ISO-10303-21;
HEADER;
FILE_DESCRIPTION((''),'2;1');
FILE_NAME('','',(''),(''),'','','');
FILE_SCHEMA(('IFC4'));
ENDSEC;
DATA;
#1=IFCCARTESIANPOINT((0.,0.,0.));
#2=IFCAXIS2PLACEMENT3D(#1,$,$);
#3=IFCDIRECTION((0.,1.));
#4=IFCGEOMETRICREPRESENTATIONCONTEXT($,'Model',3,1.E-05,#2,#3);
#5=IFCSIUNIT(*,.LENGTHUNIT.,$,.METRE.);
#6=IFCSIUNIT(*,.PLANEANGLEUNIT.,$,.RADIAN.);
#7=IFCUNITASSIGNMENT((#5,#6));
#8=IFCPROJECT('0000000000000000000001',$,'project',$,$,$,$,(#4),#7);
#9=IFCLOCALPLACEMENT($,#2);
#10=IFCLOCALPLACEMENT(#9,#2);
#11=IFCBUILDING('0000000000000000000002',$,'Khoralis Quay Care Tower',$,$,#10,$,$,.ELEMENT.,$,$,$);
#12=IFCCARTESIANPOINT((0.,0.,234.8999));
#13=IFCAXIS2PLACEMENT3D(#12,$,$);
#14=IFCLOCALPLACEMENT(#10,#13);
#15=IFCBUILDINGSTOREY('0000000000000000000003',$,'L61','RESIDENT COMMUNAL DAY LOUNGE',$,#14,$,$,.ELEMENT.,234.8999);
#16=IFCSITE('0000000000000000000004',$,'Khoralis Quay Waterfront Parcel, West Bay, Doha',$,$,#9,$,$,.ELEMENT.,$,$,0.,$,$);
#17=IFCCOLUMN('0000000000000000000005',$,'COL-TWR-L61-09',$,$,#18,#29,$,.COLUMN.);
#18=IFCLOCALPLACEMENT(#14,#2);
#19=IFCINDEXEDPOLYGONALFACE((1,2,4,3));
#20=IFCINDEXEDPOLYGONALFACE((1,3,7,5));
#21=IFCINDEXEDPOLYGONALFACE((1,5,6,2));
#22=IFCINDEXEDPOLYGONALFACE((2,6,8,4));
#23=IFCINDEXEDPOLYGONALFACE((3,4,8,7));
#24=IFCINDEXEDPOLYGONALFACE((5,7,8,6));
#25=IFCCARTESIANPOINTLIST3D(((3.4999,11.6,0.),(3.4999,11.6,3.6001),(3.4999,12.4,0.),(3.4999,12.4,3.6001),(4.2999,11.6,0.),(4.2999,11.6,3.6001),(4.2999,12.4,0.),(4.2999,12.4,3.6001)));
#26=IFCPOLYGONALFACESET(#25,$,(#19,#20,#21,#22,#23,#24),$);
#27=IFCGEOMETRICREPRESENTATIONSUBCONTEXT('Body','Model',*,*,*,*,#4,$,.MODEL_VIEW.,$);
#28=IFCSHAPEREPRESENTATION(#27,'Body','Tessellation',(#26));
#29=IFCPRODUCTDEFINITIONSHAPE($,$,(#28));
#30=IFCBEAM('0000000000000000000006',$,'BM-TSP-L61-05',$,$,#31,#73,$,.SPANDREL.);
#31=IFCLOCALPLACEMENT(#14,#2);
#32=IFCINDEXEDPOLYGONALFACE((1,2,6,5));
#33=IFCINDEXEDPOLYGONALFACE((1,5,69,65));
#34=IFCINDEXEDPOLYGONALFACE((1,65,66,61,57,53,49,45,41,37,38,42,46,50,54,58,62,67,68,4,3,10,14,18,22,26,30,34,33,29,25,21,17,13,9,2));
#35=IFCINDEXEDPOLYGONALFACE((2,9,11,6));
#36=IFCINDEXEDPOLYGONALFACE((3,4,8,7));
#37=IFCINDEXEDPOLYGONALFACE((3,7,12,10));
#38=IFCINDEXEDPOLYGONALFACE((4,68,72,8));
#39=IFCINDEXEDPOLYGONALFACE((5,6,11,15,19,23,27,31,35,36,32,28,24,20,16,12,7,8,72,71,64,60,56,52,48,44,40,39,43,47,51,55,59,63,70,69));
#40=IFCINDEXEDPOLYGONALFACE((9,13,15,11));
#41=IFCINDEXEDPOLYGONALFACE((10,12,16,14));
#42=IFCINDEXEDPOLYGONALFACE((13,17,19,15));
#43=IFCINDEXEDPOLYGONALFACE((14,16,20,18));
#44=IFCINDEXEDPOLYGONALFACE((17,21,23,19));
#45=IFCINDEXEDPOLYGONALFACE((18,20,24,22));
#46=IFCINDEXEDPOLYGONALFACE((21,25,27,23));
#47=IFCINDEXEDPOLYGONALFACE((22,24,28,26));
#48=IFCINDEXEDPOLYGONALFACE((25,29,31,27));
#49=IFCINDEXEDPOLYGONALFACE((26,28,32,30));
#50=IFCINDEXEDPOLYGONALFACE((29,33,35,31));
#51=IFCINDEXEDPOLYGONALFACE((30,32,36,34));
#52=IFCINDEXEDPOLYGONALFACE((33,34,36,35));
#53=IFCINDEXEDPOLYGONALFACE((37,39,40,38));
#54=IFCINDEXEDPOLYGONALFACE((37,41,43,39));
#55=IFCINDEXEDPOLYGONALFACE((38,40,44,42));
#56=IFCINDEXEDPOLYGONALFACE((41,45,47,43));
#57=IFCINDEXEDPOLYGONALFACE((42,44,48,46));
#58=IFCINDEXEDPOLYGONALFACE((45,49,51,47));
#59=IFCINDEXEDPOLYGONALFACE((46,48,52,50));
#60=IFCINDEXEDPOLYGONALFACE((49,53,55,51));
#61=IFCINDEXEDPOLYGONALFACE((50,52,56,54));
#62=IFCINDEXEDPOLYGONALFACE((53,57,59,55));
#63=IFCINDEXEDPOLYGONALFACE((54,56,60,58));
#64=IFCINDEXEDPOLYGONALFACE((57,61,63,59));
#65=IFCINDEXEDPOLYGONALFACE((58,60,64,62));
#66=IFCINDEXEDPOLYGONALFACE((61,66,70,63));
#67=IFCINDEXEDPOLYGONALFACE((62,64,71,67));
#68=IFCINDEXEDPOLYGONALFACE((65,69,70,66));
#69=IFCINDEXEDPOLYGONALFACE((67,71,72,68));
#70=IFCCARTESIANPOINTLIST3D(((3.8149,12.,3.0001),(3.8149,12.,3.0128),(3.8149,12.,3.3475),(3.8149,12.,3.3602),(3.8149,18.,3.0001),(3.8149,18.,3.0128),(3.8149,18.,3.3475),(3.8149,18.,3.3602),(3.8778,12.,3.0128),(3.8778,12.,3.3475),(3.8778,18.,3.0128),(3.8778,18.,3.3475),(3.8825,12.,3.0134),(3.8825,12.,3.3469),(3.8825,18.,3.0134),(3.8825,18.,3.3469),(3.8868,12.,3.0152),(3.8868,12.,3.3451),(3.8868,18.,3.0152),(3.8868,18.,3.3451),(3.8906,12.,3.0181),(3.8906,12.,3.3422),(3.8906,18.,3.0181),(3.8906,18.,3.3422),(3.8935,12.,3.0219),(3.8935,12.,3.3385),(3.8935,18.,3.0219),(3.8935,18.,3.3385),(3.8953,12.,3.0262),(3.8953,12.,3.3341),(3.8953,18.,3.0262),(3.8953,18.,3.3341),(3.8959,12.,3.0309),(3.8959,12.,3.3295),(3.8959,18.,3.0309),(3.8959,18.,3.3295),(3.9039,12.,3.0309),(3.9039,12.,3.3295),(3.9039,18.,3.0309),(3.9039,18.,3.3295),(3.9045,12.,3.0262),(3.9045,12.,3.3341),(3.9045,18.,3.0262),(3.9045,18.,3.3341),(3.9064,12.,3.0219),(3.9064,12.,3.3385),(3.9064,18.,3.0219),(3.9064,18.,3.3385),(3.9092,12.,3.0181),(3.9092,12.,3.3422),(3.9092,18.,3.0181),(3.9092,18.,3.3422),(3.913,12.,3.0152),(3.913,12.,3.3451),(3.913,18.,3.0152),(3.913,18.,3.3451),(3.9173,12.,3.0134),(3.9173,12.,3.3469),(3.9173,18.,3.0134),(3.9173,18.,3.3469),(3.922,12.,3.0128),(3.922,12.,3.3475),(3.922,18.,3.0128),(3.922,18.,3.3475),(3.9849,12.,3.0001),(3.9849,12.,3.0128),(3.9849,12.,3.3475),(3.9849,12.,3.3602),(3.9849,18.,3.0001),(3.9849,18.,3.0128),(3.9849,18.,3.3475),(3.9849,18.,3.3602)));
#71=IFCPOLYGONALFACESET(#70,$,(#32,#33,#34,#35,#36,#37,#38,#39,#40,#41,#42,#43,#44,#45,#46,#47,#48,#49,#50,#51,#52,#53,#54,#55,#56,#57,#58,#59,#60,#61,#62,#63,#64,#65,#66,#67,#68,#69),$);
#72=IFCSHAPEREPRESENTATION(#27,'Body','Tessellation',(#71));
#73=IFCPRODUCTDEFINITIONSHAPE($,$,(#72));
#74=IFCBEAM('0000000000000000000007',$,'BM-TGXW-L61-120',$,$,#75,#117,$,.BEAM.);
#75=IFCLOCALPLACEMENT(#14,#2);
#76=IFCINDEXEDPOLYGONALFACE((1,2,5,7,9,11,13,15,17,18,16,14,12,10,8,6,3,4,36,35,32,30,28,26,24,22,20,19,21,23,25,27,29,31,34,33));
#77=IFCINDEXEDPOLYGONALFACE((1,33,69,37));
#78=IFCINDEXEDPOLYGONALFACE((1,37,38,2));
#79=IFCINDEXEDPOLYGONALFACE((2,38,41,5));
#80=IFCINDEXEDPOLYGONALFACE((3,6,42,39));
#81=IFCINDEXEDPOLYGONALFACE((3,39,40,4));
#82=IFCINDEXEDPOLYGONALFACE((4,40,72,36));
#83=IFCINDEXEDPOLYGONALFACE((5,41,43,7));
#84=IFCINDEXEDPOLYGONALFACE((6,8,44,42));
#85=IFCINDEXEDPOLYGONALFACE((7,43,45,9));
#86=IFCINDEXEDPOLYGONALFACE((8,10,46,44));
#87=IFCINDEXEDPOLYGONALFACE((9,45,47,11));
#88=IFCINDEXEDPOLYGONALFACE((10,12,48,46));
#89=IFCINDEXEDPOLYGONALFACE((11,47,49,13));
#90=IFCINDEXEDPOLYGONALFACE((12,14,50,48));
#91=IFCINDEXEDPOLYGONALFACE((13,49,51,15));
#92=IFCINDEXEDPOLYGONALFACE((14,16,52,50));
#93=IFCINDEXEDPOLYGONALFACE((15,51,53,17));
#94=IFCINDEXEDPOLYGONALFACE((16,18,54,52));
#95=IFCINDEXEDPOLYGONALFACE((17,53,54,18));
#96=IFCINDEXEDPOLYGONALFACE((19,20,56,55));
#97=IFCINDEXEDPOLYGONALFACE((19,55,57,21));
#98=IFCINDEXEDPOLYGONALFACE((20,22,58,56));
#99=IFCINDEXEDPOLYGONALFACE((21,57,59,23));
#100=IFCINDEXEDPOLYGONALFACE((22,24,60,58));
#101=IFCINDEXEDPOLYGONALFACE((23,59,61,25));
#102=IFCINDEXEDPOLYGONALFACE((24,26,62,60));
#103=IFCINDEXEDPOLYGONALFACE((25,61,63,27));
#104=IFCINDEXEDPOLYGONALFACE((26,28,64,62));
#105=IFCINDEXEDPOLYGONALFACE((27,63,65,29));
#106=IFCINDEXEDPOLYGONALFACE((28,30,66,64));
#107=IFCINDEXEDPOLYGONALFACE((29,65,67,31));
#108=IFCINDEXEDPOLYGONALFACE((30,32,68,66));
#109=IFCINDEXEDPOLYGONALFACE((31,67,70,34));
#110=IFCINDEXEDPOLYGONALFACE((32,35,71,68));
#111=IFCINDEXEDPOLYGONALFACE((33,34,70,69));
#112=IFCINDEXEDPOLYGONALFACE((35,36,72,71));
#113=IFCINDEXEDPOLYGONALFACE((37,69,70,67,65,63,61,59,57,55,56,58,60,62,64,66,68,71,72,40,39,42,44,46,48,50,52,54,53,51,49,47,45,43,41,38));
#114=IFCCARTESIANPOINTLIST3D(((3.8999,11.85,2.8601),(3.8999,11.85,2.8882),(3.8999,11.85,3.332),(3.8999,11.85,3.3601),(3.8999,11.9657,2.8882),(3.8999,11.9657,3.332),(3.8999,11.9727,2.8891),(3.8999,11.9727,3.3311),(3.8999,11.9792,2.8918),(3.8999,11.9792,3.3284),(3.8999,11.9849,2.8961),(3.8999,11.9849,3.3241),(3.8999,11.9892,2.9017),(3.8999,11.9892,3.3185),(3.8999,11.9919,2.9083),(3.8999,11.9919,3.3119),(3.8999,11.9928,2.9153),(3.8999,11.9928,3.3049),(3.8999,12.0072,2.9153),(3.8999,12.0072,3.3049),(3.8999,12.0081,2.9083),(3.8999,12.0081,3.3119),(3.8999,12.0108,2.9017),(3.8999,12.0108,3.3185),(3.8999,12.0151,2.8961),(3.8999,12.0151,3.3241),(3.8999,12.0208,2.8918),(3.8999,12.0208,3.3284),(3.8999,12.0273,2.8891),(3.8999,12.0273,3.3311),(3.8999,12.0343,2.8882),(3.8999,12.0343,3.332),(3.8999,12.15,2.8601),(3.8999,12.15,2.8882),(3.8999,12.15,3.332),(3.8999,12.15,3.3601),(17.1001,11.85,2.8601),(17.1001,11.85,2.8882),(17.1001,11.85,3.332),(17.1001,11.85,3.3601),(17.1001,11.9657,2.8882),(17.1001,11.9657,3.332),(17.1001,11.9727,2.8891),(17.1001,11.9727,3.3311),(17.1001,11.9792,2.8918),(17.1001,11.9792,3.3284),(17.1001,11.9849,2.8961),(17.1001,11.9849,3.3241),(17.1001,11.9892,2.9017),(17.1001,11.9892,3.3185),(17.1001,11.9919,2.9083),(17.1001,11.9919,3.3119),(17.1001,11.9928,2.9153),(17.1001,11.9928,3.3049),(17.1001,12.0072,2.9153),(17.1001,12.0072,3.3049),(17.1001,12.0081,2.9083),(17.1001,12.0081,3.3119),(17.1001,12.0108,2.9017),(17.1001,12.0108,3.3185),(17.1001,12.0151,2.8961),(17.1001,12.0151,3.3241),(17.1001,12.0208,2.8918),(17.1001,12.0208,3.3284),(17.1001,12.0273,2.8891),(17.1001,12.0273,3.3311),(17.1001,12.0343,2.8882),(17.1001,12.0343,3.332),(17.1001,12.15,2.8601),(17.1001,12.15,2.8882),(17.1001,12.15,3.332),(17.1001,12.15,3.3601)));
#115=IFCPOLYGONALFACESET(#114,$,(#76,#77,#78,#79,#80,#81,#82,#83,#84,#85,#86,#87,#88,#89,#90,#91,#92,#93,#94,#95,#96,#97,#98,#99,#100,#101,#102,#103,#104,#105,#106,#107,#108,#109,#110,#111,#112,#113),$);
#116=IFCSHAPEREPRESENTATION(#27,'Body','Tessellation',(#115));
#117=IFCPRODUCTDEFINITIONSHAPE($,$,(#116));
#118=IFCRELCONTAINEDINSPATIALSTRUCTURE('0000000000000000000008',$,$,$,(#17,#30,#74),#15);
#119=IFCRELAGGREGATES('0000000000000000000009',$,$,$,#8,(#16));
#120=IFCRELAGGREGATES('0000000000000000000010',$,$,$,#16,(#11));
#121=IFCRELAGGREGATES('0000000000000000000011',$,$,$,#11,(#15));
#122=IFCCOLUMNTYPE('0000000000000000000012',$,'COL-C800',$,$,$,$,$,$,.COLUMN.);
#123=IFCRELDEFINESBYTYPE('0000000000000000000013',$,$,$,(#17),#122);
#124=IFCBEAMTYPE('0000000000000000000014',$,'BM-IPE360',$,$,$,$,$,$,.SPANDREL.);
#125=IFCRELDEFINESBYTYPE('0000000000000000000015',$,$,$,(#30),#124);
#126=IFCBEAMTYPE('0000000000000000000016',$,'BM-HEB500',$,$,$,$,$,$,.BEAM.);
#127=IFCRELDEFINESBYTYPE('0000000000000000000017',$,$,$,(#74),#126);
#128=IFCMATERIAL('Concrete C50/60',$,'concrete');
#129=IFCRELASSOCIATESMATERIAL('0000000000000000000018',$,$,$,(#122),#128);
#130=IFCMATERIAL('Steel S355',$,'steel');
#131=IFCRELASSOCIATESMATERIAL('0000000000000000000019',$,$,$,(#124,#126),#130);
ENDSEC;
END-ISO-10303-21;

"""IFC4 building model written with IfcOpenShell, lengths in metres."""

from ifc_helpers import new_model, si_unit, direction, frame, origin, origin_2d, place, context, subcontext, project, spatial, rectangle, i_section, extrude, source, transform, mapped, material, material_profile, profile_set, type_object, element, save


model = new_model("IFC4")

# Units and contexts
model_context = context("Model", 3, precision=1e-05, world=origin(), true_north=direction((0.0, 1.0)))
body_context = subcontext(model_context, "Body", "Model", "MODEL_VIEW")
ifc_project = project(units=[si_unit("LENGTHUNIT", "METRE"), si_unit("PLANEANGLEUNIT", "RADIAN")], contexts=[model_context])

# Site, building, storey
site_placement = place(None, origin())
site = spatial("IfcSite", under=ifc_project, at=site_placement, Name="Khoralis Quay Waterfront Parcel, West Bay, Doha", CompositionType="ELEMENT", RefElevation=0.0)
building_placement = place(site_placement, origin())
building = spatial("IfcBuilding", under=site, at=building_placement, Name="Khoralis Quay Care Tower", CompositionType="ELEMENT")
storey_placement = place(building_placement, frame((0.0, 0.0, 234.8999)))
storey = spatial("IfcBuildingStorey", under=building, at=storey_placement, Name="L61", Description="RESIDENT COMMUNAL DAY LOUNGE", CompositionType="ELEMENT", Elevation=234.8999)

# Column
ifc_material_1 = material(Name="Concrete C50/60", Category="concrete")
ifc_material_profile_1 = material_profile(ifc_material_1, rectangle(XDim=0.8, YDim=0.8, at=origin_2d()), Name="Concrete C50/60")
ifc_profile_set_1 = profile_set([ifc_material_profile_1], Name="Concrete C50/60")
column_type = type_object("IfcColumnType", Name="COL-C800", PredefinedType="COLUMN", material=ifc_profile_set_1)
shared_shape_1 = source(origin(), body_context, "Body", "SweptSolid", [
    extrude(rectangle(XDim=0.8, YDim=0.8, at=origin_2d()), origin(), (0.0, 0.0, 1.0), 3.6001),
])
column_placement = place(storey_placement, frame((3.8999, 12.0, 0.0), z_axis=(0.0, 0.0, 1.0), x_axis=(1.0, 0.0, 0.0)))
element("IfcColumn", 1, at=column_placement, inside=storey, type_object=column_type, Name="COL-TWR-L61-09", PredefinedType="COLUMN", context=body_context, shape_type="MappedRepresentation", body=[
    mapped(shared_shape_1, transform((0.0, 0.0, 0.0), scale=1.0)),
])

# Beams
ifc_material_2 = material(Name="Steel S355", Category="steel")
ifc_material_profile_2 = material_profile(ifc_material_2, i_section(OverallWidth=0.1699, OverallDepth=0.3601, WebThickness=0.0081, FlangeThickness=0.0127, FilletRadius=0.0181, at=origin_2d()), Name="Steel S355")
ifc_profile_set_2 = profile_set([ifc_material_profile_2], Name="Steel S355")
beam_type_1 = type_object("IfcBeamType", Name="BM-IPE360", PredefinedType="SPANDREL", material=ifc_profile_set_2)
shared_shape_2 = source(origin(), body_context, "Body", "SweptSolid", [
    extrude(i_section(OverallWidth=0.1699, OverallDepth=0.3601, WebThickness=0.0081, FlangeThickness=0.0127, FilletRadius=0.0181, at=origin_2d()), origin(), (0.0, 0.0, 1.0), 6.0),
])
beam_1_placement = place(storey_placement, frame((3.8999, 12.0, 3.1802), z_axis=(0.0, 1.0, 0.0), x_axis=(-1.0, 0.0, 0.0)))
element("IfcBeam", 2, at=beam_1_placement, inside=storey, type_object=beam_type_1, Name="BM-TSP-L61-05", PredefinedType="SPANDREL", context=body_context, shape_type="MappedRepresentation", body=[
    mapped(shared_shape_2, transform((0.0, 0.0, 0.0), scale=1.0)),
])
ifc_material_profile_3 = material_profile(ifc_material_2, i_section(OverallWidth=0.3, OverallDepth=0.5, WebThickness=0.0144, FlangeThickness=0.0281, FilletRadius=0.0271, at=origin_2d()), Name="Steel S355")
ifc_profile_set_3 = profile_set([ifc_material_profile_3], Name="Steel S355")
beam_type_2 = type_object("IfcBeamType", Name="BM-HEB500", PredefinedType="BEAM", material=ifc_profile_set_3)
shared_shape_3 = source(origin(), body_context, "Body", "SweptSolid", [
    extrude(i_section(OverallWidth=0.3, OverallDepth=0.5, WebThickness=0.0144, FlangeThickness=0.0281, FilletRadius=0.0271, at=origin_2d()), origin(), (0.0, 0.0, 1.0), 13.2002),
])
beam_2_placement = place(storey_placement, frame((3.8999, 12.0, 3.1101), z_axis=(1.0, 0.0, 0.0), x_axis=(0.0, 1.0, 0.0)))
element("IfcBeam", 3, at=beam_2_placement, inside=storey, type_object=beam_type_2, Name="BM-TGXW-L61-120", PredefinedType="BEAM", context=body_context, shape_type="MappedRepresentation", body=[
    mapped(shared_shape_3, transform((0.0, 0.0, 0.0), scale=1.0)),
])

save(model, "model.ifc")
